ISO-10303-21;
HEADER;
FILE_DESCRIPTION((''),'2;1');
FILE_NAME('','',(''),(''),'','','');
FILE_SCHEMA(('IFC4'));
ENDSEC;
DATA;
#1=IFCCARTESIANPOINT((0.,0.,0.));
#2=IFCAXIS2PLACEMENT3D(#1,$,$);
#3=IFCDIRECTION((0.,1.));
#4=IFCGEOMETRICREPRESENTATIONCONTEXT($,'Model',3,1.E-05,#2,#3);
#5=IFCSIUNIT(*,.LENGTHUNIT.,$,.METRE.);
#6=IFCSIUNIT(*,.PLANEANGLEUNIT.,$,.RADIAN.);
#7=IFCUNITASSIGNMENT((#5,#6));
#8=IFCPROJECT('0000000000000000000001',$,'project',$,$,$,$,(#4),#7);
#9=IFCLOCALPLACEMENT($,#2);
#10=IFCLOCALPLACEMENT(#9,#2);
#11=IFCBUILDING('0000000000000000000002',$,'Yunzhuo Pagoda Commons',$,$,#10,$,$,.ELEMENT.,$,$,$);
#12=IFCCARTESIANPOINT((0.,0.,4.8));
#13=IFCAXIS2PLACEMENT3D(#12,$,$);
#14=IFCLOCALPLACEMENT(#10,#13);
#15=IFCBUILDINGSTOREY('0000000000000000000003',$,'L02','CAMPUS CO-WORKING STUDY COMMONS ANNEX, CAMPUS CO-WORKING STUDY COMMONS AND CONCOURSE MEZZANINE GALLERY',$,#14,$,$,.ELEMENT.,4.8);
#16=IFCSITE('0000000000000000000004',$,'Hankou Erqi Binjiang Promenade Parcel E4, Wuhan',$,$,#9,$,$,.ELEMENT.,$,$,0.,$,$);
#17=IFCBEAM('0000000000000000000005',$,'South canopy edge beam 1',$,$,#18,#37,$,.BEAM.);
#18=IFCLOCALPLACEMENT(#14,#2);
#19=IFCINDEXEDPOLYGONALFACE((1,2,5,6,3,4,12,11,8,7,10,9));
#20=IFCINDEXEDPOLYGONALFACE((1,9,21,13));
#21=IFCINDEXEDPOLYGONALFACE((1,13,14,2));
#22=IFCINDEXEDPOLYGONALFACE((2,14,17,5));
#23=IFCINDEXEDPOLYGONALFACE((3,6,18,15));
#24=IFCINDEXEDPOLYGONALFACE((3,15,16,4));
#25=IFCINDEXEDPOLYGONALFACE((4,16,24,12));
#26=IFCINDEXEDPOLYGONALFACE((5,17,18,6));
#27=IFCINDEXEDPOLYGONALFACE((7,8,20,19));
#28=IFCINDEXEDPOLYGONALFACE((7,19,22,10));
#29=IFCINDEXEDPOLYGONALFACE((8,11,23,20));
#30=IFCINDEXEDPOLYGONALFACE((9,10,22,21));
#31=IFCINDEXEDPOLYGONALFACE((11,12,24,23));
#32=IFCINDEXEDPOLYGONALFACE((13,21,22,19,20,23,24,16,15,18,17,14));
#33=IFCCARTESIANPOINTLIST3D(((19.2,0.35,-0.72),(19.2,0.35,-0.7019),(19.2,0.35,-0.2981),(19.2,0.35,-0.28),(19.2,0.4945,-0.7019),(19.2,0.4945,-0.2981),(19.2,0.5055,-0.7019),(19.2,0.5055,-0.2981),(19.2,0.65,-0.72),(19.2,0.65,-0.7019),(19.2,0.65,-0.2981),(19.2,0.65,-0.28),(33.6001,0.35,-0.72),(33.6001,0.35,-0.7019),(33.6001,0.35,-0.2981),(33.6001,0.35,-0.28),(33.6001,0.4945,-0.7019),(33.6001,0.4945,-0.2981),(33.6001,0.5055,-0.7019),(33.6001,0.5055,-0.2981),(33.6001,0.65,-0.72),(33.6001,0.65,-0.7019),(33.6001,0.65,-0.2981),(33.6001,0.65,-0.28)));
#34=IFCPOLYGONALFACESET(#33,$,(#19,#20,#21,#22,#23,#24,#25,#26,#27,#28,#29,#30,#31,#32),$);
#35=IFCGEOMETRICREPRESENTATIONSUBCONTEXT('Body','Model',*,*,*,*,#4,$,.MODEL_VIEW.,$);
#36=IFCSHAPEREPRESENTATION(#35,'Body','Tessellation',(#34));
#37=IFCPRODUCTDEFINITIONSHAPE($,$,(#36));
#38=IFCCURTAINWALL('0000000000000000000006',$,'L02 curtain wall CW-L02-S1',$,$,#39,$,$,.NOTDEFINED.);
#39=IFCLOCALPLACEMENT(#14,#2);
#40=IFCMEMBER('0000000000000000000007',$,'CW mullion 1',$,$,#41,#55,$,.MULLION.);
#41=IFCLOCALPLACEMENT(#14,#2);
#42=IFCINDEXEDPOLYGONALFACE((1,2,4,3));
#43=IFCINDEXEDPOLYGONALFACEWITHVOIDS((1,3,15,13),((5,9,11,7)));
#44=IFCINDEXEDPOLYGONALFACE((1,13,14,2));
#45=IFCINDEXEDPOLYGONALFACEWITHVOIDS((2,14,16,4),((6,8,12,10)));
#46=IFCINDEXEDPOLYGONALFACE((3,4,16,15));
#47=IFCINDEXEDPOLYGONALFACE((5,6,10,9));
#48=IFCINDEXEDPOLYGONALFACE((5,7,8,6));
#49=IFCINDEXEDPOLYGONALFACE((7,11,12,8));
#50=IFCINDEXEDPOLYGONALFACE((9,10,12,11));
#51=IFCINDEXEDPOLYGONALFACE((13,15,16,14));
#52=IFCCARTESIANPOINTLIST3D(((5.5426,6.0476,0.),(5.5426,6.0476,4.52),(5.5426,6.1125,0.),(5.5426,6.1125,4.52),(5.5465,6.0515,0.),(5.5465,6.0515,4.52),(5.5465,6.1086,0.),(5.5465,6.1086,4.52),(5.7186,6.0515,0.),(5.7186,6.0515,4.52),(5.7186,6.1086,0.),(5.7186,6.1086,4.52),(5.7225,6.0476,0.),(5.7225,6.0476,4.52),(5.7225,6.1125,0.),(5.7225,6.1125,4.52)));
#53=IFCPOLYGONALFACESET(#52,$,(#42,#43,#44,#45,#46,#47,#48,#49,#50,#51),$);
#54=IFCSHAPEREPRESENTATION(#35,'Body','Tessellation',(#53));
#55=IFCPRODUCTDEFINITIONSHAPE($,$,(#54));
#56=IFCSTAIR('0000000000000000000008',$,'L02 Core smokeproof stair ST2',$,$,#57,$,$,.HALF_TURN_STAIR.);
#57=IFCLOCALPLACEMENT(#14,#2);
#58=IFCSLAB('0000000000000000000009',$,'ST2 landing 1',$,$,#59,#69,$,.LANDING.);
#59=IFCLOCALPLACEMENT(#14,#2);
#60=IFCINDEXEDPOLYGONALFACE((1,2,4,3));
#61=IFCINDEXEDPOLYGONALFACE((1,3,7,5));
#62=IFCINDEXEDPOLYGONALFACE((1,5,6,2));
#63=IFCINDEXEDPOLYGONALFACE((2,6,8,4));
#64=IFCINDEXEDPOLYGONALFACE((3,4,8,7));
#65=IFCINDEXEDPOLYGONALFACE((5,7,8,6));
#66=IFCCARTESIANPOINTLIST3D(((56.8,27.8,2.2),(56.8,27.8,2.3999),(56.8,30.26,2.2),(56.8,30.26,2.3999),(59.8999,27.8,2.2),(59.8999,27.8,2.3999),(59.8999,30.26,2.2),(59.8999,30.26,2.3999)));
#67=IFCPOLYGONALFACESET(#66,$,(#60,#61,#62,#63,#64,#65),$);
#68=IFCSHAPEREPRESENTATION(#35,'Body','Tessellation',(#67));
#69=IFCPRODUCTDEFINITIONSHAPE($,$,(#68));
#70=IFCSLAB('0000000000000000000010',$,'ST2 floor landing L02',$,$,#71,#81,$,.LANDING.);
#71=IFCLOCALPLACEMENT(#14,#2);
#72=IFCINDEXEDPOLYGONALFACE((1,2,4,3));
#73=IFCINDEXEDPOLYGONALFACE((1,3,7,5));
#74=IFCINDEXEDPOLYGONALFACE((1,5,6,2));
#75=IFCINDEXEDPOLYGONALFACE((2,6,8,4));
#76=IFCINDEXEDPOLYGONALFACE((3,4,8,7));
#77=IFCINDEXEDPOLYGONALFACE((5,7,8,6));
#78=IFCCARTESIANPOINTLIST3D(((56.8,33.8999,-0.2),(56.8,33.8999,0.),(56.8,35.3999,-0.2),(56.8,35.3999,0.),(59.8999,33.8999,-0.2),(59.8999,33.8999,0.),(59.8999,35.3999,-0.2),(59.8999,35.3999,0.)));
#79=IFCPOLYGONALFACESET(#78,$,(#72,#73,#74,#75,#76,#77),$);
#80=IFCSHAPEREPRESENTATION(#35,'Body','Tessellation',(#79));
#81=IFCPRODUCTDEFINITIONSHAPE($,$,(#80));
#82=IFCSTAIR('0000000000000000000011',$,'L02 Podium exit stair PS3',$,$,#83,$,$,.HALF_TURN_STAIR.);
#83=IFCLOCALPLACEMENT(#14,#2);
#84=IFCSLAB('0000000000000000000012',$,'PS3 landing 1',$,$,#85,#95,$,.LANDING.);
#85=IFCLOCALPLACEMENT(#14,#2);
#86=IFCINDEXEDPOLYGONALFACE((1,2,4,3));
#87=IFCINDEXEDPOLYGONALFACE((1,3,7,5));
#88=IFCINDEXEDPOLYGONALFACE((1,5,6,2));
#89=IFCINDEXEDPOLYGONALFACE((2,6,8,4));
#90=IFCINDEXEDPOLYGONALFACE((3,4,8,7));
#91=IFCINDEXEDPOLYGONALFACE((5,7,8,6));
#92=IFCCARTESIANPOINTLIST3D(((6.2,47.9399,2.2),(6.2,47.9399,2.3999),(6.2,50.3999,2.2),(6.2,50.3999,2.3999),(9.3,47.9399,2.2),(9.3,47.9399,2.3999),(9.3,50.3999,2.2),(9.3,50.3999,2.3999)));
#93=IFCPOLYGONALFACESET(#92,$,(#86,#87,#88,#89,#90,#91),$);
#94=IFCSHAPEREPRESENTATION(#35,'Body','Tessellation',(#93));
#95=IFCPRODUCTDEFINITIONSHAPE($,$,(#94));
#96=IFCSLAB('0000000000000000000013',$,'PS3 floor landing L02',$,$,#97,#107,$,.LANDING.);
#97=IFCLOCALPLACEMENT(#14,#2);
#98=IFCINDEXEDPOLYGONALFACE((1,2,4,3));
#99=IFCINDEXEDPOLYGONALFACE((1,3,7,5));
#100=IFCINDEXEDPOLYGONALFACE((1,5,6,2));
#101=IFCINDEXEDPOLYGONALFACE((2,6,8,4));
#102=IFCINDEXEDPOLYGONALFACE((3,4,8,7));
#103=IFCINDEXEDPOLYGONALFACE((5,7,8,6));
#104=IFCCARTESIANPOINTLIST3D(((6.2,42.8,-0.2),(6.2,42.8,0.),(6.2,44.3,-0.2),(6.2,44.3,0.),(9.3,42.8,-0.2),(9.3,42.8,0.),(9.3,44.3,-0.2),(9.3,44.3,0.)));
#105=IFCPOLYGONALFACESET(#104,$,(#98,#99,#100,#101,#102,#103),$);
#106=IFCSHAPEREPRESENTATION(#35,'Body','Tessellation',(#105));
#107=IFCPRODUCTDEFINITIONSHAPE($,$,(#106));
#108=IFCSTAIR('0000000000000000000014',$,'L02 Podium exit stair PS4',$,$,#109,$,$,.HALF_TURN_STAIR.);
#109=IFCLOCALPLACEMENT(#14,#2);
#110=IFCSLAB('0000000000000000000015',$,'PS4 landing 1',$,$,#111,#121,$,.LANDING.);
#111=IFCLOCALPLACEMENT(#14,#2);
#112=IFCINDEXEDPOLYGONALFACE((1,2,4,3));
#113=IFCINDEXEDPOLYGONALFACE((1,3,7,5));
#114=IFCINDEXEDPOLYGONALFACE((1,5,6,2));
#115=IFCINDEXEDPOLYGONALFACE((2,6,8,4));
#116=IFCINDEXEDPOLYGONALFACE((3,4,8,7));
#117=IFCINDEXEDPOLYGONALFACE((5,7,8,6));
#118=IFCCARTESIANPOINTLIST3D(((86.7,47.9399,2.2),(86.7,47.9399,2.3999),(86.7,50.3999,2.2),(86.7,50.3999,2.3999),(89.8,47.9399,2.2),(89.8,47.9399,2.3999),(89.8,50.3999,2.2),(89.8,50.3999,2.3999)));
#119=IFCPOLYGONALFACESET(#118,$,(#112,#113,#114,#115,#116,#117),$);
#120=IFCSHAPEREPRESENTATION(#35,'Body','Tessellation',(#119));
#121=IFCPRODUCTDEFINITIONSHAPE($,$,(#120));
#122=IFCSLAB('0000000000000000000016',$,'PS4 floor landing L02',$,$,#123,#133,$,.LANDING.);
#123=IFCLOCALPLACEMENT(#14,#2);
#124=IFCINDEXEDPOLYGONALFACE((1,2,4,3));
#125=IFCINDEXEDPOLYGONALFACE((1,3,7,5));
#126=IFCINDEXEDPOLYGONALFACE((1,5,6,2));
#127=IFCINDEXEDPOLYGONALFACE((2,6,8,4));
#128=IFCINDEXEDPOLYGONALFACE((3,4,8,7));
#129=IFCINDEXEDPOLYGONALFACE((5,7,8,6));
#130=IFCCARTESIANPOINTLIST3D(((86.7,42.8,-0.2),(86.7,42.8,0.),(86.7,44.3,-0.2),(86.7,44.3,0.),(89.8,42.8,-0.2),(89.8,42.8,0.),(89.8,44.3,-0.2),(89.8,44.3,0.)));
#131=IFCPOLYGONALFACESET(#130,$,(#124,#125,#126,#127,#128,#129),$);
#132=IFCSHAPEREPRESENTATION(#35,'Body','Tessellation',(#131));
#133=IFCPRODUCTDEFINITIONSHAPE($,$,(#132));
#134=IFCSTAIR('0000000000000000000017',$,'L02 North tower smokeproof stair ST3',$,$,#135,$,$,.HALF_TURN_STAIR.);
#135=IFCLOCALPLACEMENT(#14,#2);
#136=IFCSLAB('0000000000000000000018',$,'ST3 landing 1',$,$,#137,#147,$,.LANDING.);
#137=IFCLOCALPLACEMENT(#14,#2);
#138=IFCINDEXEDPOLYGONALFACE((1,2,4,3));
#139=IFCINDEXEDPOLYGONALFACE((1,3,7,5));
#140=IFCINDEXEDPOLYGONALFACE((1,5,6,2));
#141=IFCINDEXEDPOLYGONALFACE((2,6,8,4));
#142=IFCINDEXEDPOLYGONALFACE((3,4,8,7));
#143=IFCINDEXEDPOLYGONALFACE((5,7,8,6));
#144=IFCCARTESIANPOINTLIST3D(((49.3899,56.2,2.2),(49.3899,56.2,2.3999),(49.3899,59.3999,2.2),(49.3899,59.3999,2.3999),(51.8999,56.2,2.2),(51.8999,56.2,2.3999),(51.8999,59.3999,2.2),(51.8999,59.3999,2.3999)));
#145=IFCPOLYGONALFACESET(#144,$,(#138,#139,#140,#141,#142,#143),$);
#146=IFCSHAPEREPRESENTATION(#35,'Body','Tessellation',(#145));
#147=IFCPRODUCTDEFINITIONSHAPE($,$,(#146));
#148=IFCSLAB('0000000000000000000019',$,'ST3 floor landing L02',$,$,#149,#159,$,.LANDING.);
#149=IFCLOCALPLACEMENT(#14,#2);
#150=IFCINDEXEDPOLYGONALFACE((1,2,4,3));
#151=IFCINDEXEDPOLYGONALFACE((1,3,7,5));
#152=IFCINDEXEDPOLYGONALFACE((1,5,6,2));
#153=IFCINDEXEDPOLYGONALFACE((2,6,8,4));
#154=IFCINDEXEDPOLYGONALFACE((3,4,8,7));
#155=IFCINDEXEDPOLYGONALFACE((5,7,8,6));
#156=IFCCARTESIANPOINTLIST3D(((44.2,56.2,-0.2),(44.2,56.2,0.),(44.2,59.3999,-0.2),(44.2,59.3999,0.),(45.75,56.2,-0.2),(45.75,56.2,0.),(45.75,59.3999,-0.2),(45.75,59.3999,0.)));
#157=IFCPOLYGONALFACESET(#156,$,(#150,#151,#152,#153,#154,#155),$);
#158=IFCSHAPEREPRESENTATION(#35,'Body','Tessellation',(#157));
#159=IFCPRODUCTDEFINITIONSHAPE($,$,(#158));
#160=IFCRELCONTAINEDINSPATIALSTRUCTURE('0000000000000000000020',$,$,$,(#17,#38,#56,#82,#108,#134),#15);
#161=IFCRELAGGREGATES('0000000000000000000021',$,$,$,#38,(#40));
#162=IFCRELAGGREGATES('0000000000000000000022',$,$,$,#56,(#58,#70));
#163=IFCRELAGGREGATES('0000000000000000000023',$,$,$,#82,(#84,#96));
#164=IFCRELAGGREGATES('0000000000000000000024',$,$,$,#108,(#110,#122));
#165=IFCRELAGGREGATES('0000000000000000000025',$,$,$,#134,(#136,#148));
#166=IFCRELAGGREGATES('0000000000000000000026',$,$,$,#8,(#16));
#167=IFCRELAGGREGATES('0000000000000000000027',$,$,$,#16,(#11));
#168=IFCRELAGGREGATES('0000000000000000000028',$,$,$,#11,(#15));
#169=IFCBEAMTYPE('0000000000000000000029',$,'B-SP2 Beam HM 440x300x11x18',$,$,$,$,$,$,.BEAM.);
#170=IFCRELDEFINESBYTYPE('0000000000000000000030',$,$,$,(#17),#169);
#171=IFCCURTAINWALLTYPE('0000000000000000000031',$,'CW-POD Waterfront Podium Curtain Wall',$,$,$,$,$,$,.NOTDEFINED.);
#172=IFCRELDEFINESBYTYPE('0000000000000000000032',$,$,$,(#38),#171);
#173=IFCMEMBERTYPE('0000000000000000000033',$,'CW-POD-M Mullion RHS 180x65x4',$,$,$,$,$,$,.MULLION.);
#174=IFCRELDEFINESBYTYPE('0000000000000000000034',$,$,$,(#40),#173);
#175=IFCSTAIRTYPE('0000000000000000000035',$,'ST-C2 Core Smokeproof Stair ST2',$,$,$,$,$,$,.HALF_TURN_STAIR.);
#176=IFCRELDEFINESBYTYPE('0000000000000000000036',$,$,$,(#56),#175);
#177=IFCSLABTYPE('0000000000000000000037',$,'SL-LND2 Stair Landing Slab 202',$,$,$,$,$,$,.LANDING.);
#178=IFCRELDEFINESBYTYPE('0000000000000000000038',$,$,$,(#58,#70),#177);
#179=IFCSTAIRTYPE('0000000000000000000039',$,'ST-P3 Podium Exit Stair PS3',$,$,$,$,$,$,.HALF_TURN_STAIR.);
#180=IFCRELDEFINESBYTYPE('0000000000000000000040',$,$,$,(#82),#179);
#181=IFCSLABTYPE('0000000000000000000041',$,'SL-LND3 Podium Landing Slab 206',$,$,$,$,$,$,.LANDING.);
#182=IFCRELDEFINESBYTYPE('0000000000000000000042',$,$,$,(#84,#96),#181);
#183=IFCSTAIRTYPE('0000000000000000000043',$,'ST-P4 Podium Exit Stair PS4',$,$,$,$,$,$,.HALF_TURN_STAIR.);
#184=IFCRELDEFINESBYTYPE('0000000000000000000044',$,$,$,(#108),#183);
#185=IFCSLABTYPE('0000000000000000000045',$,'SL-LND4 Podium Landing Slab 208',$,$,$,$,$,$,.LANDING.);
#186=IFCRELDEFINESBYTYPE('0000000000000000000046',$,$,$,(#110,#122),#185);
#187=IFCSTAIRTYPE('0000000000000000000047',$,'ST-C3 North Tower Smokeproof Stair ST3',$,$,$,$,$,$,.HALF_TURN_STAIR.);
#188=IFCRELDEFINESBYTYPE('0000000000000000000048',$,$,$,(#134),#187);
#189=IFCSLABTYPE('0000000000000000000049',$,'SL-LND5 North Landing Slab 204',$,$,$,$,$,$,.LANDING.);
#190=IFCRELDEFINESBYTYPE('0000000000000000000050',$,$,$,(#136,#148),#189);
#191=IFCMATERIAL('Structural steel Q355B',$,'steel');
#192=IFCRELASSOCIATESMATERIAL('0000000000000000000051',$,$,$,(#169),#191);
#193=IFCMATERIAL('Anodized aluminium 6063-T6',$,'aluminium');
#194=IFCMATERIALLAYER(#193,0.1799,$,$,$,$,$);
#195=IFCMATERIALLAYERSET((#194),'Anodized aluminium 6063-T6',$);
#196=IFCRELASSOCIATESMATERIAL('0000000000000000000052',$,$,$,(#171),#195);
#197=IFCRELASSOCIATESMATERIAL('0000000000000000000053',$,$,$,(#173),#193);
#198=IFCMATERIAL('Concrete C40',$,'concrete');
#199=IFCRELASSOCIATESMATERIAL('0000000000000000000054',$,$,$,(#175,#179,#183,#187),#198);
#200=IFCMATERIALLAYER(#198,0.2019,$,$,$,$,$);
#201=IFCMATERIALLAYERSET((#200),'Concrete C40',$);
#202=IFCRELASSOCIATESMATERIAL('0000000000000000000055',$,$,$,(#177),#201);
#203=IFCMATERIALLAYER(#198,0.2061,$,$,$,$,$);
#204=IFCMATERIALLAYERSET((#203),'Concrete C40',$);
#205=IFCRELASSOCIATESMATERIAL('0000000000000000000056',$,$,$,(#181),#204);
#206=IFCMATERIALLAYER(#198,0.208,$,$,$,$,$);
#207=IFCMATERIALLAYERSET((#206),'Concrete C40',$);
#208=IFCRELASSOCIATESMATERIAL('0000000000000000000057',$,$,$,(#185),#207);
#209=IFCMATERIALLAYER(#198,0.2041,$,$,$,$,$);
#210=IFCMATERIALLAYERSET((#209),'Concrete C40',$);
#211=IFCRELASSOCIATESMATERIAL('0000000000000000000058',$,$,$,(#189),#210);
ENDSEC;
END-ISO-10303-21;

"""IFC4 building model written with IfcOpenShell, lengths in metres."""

from ifc_helpers import new_model, si_unit, direction, frame, origin, origin_2d, place, context, subcontext, project, spatial, polyline, hollow_rectangle, i_section, outline, extrude, source, transform, mapped, material, layer, layer_set, material_profile, profile_set, type_object, element, aggregate, save


model = new_model("IFC4")

# Units and contexts
model_context = context("Model", 3, precision=1e-05, world=origin(), true_north=direction((0.0, 1.0)))
body_context = subcontext(model_context, "Body", "Model", "MODEL_VIEW")
ifc_project = project(units=[si_unit("LENGTHUNIT", "METRE"), si_unit("PLANEANGLEUNIT", "RADIAN")], contexts=[model_context])

# Site, building, storey
site_placement = place(None, origin())
site = spatial("IfcSite", under=ifc_project, at=site_placement, Name="Hankou Erqi Binjiang Promenade Parcel E4, Wuhan", CompositionType="ELEMENT", RefElevation=0.0)
building_placement = place(site_placement, origin())
building = spatial("IfcBuilding", under=site, at=building_placement, Name="Yunzhuo Pagoda Commons", CompositionType="ELEMENT")
storey_placement = place(building_placement, frame((0.0, 0.0, 4.8)))
storey = spatial("IfcBuildingStorey", under=building, at=storey_placement, Name="L02", Description="CAMPUS CO-WORKING STUDY COMMONS ANNEX, CAMPUS CO-WORKING STUDY COMMONS AND CONCOURSE MEZZANINE GALLERY", CompositionType="ELEMENT", Elevation=4.8)

# Beam
ifc_material_1 = material(Name="Structural steel Q355B", Category="steel")
ifc_material_profile_1 = material_profile(ifc_material_1, i_section(OverallWidth=0.3, OverallDepth=0.4399, WebThickness=0.011, FlangeThickness=0.0181, at=origin_2d()), Name="Structural steel Q355B")
ifc_profile_set_1 = profile_set([ifc_material_profile_1], Name="Structural steel Q355B")
beam_type = type_object("IfcBeamType", Name="B-SP2 Beam HM 440x300x11x18", PredefinedType="BEAM", material=ifc_profile_set_1)
shared_shape_1 = source(origin(), body_context, "Body", "SweptSolid", [
    extrude(i_section(OverallWidth=0.3, OverallDepth=0.4399, WebThickness=0.011, FlangeThickness=0.0181, at=origin_2d()), origin(), (0.0, 0.0, 1.0), 14.4001),
])
beam_placement = place(storey_placement, frame((19.2, 0.5, -0.5), z_axis=(1.0, 0.0, 0.0), x_axis=(0.0, 1.0, 0.0)))
element("IfcBeam", 1, at=beam_placement, inside=storey, type_object=beam_type, Name="South canopy edge beam 1", PredefinedType="BEAM", context=body_context, shape_type="MappedRepresentation", body=[
    mapped(shared_shape_1, transform((0.0, 0.0, 0.0), scale=1.0)),
])

# Curtain wall, member
ifc_material_2 = material(Name="Anodized aluminium 6063-T6", Category="aluminium")
ifc_layer_1 = layer(ifc_material_2, 0.1799)
ifc_layer_set_1 = layer_set([ifc_layer_1], Name="Anodized aluminium 6063-T6")
curtain_wall_type = type_object("IfcCurtainWallType", Name="CW-POD Waterfront Podium Curtain Wall", PredefinedType="NOTDEFINED", material=ifc_layer_set_1)
curtain_wall_placement = place(storey_placement, origin())
curtain_wall = element("IfcCurtainWall", 2, at=curtain_wall_placement, inside=storey, type_object=curtain_wall_type, Name="L02 curtain wall CW-L02-S1", PredefinedType="NOTDEFINED")
ifc_material_profile_2 = material_profile(ifc_material_2, hollow_rectangle(XDim=0.0649, YDim=0.1799, WallThickness=0.0039, at=origin_2d()), Name="Anodized aluminium 6063-T6")
ifc_profile_set_2 = profile_set([ifc_material_profile_2], Name="Anodized aluminium 6063-T6")
member_type = type_object("IfcMemberType", Name="CW-POD-M Mullion RHS 180x65x4", PredefinedType="MULLION", material=ifc_profile_set_2)
shared_shape_2 = source(origin(), body_context, "Body", "SweptSolid", [
    extrude(hollow_rectangle(XDim=0.0649, YDim=0.1799, WallThickness=0.0039, at=origin_2d()), origin(), (0.0, 0.0, 1.0), 4.52),
])
member_placement = place(storey_placement, frame((5.6326, 6.0801, 0.0), z_axis=(0.0, 0.0, 1.0), x_axis=(0.0, 1.0, 0.0)))
member = element("IfcMember", 3, at=member_placement, type_object=member_type, Name="CW mullion 1", PredefinedType="MULLION", context=body_context, shape_type="MappedRepresentation", body=[
    mapped(shared_shape_2, transform((0.0, 0.0, 0.0), scale=1.0)),
])
aggregate(curtain_wall, [member])

# Stairs, slabs
ifc_material_3 = material(Name="Concrete C40", Category="concrete")
stair_type_1 = type_object("IfcStairType", Name="ST-C2 Core Smokeproof Stair ST2", PredefinedType="HALF_TURN_STAIR", material=ifc_material_3)
stair_1_placement = place(storey_placement, origin())
stair_1 = element("IfcStair", 4, at=stair_1_placement, inside=storey, type_object=stair_type_1, Name="L02 Core smokeproof stair ST2", PredefinedType="HALF_TURN_STAIR")
ifc_layer_2 = layer(ifc_material_3, 0.2019)
ifc_layer_set_2 = layer_set([ifc_layer_2], Name="Concrete C40")
slab_type_1 = type_object("IfcSlabType", Name="SL-LND2 Stair Landing Slab 202", PredefinedType="LANDING", material=ifc_layer_set_2)
slab_1_placement = place(storey_placement, frame((0.0, 0.0, 2.2)))
slab_1 = element("IfcSlab", 5, at=slab_1_placement, type_object=slab_type_1, Name="ST2 landing 1", PredefinedType="LANDING", context=body_context, shape_type="SweptSolid", body=[
    extrude(outline(polyline([(56.8, 30.26), (56.8, 27.8), (59.8999, 27.8), (59.8999, 30.26), (56.8, 30.26)])), origin(), (0.0, 0.0, 1.0), 0.2),
])
slab_2_placement = place(storey_placement, frame((0.0, 0.0, -0.2)))
slab_2 = element("IfcSlab", 6, at=slab_2_placement, type_object=slab_type_1, Name="ST2 floor landing L02", PredefinedType="LANDING", context=body_context, shape_type="SweptSolid", body=[
    extrude(outline(polyline([(56.8, 35.3999), (56.8, 33.8999), (59.8999, 33.8999), (59.8999, 35.3999), (56.8, 35.3999)])), origin(), (0.0, 0.0, 1.0), 0.2),
])
aggregate(stair_1, [slab_1, slab_2])
stair_type_2 = type_object("IfcStairType", Name="ST-P3 Podium Exit Stair PS3", PredefinedType="HALF_TURN_STAIR", material=ifc_material_3)
stair_2_placement = place(storey_placement, origin())
stair_2 = element("IfcStair", 7, at=stair_2_placement, inside=storey, type_object=stair_type_2, Name="L02 Podium exit stair PS3", PredefinedType="HALF_TURN_STAIR")
ifc_layer_3 = layer(ifc_material_3, 0.2061)
ifc_layer_set_3 = layer_set([ifc_layer_3], Name="Concrete C40")
slab_type_2 = type_object("IfcSlabType", Name="SL-LND3 Podium Landing Slab 206", PredefinedType="LANDING", material=ifc_layer_set_3)
slab_3_placement = place(storey_placement, frame((0.0, 0.0, 2.2)))
slab_3 = element("IfcSlab", 8, at=slab_3_placement, type_object=slab_type_2, Name="PS3 landing 1", PredefinedType="LANDING", context=body_context, shape_type="SweptSolid", body=[
    extrude(outline(polyline([(9.3, 47.9399), (9.3, 50.3999), (6.2, 50.3999), (6.2, 47.9399), (9.3, 47.9399)])), origin(), (0.0, 0.0, 1.0), 0.2),
])
slab_4_placement = place(storey_placement, frame((0.0, 0.0, -0.2)))
slab_4 = element("IfcSlab", 9, at=slab_4_placement, type_object=slab_type_2, Name="PS3 floor landing L02", PredefinedType="LANDING", context=body_context, shape_type="SweptSolid", body=[
    extrude(outline(polyline([(9.3, 42.8), (9.3, 44.3), (6.2, 44.3), (6.2, 42.8), (9.3, 42.8)])), origin(), (0.0, 0.0, 1.0), 0.2),
])
aggregate(stair_2, [slab_3, slab_4])
stair_type_3 = type_object("IfcStairType", Name="ST-P4 Podium Exit Stair PS4", PredefinedType="HALF_TURN_STAIR", material=ifc_material_3)
stair_3_placement = place(storey_placement, origin())
stair_3 = element("IfcStair", 10, at=stair_3_placement, inside=storey, type_object=stair_type_3, Name="L02 Podium exit stair PS4", PredefinedType="HALF_TURN_STAIR")
ifc_layer_4 = layer(ifc_material_3, 0.208)
ifc_layer_set_4 = layer_set([ifc_layer_4], Name="Concrete C40")
slab_type_3 = type_object("IfcSlabType", Name="SL-LND4 Podium Landing Slab 208", PredefinedType="LANDING", material=ifc_layer_set_4)
slab_5_placement = place(storey_placement, frame((0.0, 0.0, 2.2)))
slab_5 = element("IfcSlab", 11, at=slab_5_placement, type_object=slab_type_3, Name="PS4 landing 1", PredefinedType="LANDING", context=body_context, shape_type="SweptSolid", body=[
    extrude(outline(polyline([(89.8, 47.9399), (89.8, 50.3999), (86.7, 50.3999), (86.7, 47.9399), (89.8, 47.9399)])), origin(), (0.0, 0.0, 1.0), 0.2),
])
slab_6_placement = place(storey_placement, frame((0.0, 0.0, -0.2)))
slab_6 = element("IfcSlab", 12, at=slab_6_placement, type_object=slab_type_3, Name="PS4 floor landing L02", PredefinedType="LANDING", context=body_context, shape_type="SweptSolid", body=[
    extrude(outline(polyline([(89.8, 42.8), (89.8, 44.3), (86.7, 44.3), (86.7, 42.8), (89.8, 42.8)])), origin(), (0.0, 0.0, 1.0), 0.2),
])
aggregate(stair_3, [slab_5, slab_6])
stair_type_4 = type_object("IfcStairType", Name="ST-C3 North Tower Smokeproof Stair ST3", PredefinedType="HALF_TURN_STAIR", material=ifc_material_3)
stair_4_placement = place(storey_placement, origin())
stair_4 = element("IfcStair", 13, at=stair_4_placement, inside=storey, type_object=stair_type_4, Name="L02 North tower smokeproof stair ST3", PredefinedType="HALF_TURN_STAIR")
ifc_layer_5 = layer(ifc_material_3, 0.2041)
ifc_layer_set_5 = layer_set([ifc_layer_5], Name="Concrete C40")
slab_type_4 = type_object("IfcSlabType", Name="SL-LND5 North Landing Slab 204", PredefinedType="LANDING", material=ifc_layer_set_5)
slab_7_placement = place(storey_placement, frame((0.0, 0.0, 2.2)))
slab_7 = element("IfcSlab", 14, at=slab_7_placement, type_object=slab_type_4, Name="ST3 landing 1", PredefinedType="LANDING", context=body_context, shape_type="SweptSolid", body=[
    extrude(outline(polyline([(49.3899, 56.2), (51.8999, 56.2), (51.8999, 59.3999), (49.3899, 59.3999), (49.3899, 56.2)])), origin(), (0.0, 0.0, 1.0), 0.2),
])
slab_8_placement = place(storey_placement, frame((0.0, 0.0, -0.2)))
slab_8 = element("IfcSlab", 15, at=slab_8_placement, type_object=slab_type_4, Name="ST3 floor landing L02", PredefinedType="LANDING", context=body_context, shape_type="SweptSolid", body=[
    extrude(outline(polyline([(44.2, 56.2), (45.75, 56.2), (45.75, 59.3999), (44.2, 59.3999), (44.2, 56.2)])), origin(), (0.0, 0.0, 1.0), 0.2),
])
aggregate(stair_4, [slab_7, slab_8])

save(model, "model.ifc")
